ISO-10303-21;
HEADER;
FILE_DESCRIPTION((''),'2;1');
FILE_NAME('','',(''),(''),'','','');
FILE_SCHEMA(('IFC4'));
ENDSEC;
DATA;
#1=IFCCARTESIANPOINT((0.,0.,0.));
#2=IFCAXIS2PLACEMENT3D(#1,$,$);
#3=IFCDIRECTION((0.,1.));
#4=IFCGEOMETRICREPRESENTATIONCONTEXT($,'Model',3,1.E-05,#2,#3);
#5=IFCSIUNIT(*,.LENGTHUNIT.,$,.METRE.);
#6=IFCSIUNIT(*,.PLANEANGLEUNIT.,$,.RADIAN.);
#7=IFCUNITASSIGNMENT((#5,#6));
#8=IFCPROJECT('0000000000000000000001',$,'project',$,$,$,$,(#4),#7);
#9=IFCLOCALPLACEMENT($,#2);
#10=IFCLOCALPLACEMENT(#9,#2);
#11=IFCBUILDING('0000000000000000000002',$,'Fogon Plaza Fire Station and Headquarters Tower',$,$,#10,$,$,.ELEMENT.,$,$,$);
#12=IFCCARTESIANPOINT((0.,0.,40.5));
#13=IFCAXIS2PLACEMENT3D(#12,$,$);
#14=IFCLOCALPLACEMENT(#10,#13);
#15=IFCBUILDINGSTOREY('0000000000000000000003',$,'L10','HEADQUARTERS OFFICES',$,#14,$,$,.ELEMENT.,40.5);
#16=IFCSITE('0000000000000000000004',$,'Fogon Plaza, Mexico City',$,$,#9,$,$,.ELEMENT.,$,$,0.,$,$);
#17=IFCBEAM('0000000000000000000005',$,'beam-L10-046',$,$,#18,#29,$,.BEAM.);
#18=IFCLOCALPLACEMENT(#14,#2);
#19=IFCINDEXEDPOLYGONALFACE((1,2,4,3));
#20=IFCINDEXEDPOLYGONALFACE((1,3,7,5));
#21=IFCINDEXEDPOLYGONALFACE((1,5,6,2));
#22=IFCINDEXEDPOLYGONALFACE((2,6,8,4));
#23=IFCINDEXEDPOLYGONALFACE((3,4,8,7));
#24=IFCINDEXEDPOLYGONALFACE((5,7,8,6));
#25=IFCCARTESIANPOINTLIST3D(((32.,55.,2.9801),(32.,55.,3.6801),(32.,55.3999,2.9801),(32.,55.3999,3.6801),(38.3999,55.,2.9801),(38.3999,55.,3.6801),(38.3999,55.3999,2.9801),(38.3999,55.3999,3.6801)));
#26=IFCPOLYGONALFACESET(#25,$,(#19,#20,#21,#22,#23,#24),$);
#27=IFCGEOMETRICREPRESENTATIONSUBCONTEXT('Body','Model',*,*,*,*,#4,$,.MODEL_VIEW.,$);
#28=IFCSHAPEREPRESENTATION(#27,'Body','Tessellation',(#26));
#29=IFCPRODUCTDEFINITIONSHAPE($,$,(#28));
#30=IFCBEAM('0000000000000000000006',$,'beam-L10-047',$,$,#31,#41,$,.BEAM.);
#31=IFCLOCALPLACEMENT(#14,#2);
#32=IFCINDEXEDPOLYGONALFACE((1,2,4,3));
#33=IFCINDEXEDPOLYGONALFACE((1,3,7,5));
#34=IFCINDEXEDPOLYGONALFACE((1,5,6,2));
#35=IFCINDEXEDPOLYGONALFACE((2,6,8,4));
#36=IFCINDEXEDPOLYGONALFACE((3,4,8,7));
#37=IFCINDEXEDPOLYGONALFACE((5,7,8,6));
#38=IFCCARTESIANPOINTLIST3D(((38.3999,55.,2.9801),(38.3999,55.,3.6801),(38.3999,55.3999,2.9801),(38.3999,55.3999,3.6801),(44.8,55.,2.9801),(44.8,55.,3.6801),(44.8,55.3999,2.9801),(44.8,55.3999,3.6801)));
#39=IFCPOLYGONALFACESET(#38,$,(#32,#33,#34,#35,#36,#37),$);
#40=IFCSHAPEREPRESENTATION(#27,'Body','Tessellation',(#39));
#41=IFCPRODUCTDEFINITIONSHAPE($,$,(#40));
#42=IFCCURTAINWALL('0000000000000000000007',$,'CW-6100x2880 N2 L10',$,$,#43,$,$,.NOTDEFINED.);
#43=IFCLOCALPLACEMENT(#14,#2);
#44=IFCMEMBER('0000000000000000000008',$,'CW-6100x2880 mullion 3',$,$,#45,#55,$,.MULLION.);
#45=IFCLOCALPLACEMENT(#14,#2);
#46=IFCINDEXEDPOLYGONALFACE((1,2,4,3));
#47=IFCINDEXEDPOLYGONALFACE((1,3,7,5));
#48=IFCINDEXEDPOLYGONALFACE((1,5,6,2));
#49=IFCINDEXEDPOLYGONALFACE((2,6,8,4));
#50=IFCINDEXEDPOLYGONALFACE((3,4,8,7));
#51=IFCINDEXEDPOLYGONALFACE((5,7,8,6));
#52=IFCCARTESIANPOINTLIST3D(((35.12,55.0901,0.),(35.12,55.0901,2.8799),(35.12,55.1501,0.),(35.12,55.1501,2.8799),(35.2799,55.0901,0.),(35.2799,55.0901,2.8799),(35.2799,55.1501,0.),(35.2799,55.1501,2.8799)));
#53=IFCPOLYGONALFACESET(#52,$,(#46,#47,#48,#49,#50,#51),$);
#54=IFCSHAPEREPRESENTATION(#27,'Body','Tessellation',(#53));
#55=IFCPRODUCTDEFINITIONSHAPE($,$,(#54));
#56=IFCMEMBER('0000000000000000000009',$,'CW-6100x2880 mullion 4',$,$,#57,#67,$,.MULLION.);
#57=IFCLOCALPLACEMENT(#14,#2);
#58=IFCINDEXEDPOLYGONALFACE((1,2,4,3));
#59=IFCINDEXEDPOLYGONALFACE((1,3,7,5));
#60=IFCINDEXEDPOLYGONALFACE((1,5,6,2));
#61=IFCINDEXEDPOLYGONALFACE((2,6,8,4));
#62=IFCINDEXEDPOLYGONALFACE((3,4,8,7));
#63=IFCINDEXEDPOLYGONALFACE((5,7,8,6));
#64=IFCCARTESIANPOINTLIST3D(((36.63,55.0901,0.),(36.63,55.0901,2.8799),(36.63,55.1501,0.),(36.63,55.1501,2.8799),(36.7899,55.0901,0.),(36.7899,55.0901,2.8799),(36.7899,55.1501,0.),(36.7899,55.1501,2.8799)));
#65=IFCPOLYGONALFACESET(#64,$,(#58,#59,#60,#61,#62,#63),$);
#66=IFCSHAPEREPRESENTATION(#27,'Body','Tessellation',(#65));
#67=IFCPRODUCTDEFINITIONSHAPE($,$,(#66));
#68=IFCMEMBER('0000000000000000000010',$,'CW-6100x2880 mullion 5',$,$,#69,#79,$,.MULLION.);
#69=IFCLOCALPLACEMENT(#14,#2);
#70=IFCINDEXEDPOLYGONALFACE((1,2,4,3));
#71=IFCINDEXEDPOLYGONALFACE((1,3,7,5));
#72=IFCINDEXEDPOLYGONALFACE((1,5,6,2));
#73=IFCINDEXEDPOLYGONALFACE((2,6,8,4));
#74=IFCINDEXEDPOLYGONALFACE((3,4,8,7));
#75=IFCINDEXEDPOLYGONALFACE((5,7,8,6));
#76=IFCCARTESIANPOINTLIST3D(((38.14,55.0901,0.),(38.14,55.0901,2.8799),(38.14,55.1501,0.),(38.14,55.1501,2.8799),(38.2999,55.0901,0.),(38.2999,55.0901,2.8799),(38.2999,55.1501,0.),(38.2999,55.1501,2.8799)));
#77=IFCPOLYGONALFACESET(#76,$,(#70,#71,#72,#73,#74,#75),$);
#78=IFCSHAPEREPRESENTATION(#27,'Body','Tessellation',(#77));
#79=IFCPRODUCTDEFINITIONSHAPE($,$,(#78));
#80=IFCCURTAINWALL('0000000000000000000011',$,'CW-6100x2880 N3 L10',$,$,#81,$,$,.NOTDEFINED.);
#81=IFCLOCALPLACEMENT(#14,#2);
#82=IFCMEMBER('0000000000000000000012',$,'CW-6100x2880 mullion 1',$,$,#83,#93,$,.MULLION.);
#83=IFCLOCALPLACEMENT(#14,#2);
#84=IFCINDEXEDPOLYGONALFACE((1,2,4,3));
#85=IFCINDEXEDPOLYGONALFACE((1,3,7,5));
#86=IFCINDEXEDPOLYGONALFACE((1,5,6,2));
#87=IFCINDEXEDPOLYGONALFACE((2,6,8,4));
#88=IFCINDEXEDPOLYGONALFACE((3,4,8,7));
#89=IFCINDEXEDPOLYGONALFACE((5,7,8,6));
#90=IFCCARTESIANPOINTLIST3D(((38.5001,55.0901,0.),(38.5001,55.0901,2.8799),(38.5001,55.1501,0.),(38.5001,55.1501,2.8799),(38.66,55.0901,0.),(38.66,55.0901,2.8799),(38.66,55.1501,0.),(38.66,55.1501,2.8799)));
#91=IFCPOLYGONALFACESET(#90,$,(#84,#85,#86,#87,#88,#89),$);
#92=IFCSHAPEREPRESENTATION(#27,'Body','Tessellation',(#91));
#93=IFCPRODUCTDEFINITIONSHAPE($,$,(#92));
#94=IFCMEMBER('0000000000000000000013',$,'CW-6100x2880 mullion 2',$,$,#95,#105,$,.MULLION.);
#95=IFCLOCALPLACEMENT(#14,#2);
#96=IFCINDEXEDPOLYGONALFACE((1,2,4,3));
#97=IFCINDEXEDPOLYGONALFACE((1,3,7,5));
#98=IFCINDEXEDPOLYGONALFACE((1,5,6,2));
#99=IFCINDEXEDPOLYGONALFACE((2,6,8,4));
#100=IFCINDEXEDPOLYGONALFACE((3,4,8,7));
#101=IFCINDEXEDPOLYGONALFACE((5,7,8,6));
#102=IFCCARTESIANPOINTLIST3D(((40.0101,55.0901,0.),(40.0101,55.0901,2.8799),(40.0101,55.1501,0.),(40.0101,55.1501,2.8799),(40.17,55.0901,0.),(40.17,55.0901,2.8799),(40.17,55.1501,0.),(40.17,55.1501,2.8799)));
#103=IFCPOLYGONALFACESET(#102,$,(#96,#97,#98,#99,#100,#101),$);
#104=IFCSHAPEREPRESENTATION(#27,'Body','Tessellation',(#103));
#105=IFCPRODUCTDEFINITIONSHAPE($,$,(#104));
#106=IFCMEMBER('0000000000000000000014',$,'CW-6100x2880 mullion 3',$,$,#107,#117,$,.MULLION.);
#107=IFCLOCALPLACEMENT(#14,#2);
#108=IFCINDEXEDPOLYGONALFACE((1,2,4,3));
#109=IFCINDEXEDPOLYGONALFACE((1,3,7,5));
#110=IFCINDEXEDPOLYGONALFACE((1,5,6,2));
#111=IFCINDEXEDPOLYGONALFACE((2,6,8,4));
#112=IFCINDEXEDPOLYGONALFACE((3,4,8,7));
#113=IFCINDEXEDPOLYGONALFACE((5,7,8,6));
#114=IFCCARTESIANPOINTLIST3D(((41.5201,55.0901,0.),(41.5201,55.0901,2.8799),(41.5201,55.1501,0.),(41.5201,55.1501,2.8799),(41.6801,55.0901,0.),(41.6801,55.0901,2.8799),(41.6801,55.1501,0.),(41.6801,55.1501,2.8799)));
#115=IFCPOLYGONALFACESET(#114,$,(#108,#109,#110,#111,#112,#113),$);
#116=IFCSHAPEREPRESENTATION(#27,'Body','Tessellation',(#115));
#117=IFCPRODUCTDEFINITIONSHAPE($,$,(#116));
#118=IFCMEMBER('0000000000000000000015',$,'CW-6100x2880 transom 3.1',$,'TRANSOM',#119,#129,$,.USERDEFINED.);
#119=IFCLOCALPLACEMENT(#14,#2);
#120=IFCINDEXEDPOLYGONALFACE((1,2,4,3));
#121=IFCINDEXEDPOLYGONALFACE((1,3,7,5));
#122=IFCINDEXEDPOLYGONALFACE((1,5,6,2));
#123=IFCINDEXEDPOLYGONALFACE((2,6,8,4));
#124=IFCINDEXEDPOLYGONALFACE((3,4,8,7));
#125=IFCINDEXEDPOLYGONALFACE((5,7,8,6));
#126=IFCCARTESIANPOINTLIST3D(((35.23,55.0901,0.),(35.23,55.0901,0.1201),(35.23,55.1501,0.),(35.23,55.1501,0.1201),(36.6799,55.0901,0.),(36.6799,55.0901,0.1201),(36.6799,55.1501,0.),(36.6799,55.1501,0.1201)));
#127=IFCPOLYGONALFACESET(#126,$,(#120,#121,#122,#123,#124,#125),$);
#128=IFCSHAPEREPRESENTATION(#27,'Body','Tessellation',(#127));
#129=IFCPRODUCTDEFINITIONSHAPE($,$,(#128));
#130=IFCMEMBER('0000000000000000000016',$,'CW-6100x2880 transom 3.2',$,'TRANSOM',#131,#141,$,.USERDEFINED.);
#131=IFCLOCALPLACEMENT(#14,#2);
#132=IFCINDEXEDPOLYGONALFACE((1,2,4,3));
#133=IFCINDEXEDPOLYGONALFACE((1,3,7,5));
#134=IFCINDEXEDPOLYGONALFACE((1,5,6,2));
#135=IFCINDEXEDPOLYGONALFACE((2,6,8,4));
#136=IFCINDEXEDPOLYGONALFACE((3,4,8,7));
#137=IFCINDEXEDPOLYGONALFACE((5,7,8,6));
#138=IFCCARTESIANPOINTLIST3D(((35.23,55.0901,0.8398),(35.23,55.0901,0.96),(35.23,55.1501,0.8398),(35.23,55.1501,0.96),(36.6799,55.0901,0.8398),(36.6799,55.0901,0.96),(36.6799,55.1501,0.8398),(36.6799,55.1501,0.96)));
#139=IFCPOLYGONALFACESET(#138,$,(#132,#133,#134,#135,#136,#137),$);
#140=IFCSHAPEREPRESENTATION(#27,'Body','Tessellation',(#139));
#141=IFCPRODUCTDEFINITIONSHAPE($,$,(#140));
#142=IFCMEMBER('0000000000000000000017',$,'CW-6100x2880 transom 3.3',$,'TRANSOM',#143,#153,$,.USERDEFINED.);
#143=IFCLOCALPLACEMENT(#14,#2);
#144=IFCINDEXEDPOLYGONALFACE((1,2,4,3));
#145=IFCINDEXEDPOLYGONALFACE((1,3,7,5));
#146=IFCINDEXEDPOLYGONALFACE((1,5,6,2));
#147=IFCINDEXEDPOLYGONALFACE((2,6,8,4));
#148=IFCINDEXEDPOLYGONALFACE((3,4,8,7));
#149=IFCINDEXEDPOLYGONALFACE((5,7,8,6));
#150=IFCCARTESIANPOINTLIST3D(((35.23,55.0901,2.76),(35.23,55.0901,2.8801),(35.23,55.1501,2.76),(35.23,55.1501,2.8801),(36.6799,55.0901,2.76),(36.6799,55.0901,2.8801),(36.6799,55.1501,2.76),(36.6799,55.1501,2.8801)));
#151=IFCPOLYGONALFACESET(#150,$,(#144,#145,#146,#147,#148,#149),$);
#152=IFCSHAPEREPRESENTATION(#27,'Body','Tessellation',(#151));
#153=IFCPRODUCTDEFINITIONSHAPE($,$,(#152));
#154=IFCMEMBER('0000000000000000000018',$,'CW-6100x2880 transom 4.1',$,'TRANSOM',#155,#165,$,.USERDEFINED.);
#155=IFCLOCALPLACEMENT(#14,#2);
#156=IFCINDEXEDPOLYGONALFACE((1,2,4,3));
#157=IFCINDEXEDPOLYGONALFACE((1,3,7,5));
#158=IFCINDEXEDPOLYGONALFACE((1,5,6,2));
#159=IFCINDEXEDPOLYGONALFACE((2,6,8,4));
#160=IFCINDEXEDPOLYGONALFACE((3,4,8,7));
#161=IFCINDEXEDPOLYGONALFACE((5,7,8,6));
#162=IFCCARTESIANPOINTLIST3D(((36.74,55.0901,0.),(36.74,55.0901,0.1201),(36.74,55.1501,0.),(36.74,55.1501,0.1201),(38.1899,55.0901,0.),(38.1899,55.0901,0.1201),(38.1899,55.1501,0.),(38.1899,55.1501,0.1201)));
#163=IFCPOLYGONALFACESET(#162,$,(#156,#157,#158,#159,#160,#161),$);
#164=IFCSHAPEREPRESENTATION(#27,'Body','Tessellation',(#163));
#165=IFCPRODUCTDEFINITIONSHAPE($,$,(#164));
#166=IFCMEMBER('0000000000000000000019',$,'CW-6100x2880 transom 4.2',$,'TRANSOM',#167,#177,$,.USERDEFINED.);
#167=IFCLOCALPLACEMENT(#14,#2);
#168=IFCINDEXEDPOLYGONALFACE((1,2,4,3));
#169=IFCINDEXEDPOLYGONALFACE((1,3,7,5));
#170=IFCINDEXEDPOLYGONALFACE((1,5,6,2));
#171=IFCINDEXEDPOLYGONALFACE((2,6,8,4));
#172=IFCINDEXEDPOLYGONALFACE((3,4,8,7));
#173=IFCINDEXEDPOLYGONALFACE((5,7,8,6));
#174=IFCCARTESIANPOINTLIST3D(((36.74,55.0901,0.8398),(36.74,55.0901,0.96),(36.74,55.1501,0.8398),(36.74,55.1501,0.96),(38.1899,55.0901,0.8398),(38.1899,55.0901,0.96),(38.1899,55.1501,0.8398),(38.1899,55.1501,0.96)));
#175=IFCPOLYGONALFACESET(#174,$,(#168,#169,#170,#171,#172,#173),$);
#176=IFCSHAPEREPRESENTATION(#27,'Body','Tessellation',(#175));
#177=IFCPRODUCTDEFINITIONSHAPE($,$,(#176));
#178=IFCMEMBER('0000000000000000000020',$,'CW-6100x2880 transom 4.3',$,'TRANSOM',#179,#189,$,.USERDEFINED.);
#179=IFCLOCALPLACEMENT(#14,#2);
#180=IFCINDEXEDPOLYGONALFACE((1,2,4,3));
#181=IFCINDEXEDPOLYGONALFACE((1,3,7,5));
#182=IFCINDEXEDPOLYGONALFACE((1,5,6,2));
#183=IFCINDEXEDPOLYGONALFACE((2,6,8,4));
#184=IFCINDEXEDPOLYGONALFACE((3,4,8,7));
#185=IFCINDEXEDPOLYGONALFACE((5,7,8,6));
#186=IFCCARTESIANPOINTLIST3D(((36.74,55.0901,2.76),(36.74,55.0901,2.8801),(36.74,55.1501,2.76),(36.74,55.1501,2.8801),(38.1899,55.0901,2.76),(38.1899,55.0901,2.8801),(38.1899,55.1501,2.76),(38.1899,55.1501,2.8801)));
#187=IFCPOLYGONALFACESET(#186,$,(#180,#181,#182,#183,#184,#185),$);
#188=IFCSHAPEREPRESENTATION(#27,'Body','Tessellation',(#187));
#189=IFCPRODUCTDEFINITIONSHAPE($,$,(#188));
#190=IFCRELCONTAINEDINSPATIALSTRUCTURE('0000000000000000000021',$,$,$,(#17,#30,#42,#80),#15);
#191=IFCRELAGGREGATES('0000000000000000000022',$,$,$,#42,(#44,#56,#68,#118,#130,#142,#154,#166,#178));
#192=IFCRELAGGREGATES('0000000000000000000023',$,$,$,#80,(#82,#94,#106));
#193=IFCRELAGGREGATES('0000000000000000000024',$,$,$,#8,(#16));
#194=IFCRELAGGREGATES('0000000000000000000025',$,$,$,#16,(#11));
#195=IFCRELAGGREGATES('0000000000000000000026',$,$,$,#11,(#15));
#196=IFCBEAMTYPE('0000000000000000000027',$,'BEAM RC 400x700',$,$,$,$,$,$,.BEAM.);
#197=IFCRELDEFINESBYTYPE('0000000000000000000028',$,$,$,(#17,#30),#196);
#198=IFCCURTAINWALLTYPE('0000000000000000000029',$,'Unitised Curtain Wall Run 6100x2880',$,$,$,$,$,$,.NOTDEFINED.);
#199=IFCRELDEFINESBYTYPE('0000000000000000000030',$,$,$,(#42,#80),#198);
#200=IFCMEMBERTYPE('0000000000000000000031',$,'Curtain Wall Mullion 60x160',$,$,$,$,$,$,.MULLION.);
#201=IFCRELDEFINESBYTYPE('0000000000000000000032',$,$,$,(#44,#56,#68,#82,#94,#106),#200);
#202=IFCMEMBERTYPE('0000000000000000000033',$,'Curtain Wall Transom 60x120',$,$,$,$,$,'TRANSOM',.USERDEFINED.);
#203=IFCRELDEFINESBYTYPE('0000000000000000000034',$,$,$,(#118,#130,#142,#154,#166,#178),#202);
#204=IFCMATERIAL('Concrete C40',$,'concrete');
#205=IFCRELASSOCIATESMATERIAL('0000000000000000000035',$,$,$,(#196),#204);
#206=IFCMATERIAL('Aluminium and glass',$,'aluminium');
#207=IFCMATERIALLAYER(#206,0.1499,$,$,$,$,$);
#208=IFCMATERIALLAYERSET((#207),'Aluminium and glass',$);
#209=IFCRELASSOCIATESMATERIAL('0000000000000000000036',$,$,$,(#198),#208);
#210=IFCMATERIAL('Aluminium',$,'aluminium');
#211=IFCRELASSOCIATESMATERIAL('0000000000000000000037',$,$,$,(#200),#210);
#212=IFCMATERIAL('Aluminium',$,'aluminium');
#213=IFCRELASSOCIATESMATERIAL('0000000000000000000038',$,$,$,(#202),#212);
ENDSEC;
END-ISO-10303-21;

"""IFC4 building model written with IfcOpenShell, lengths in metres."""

from ifc_helpers import new_model, si_unit, direction, frame, origin, origin_2d, place, context, subcontext, project, spatial, rectangle, extrude, material, layer, layer_set, material_profile, profile_set, type_object, element, aggregate, save


model = new_model("IFC4")

# Units and contexts
model_context = context("Model", 3, precision=1e-05, world=origin(), true_north=direction((0.0, 1.0)))
body_context = subcontext(model_context, "Body", "Model", "MODEL_VIEW")
ifc_project = project(units=[si_unit("LENGTHUNIT", "METRE"), si_unit("PLANEANGLEUNIT", "RADIAN")], contexts=[model_context])

# Site, building, storey
site_placement = place(None, origin())
site = spatial("IfcSite", under=ifc_project, at=site_placement, Name="Fogon Plaza, Mexico City", CompositionType="ELEMENT", RefElevation=0.0)
building_placement = place(site_placement, origin())
building = spatial("IfcBuilding", under=site, at=building_placement, Name="Fogon Plaza Fire Station and Headquarters Tower", CompositionType="ELEMENT")
storey_placement = place(building_placement, frame((0.0, 0.0, 40.5)))
storey = spatial("IfcBuildingStorey", under=building, at=storey_placement, Name="L10", Description="HEADQUARTERS OFFICES", CompositionType="ELEMENT", Elevation=40.5)

# Beams
ifc_material_1 = material(Name="Concrete C40", Category="concrete")
ifc_material_profile_1 = material_profile(ifc_material_1, rectangle(XDim=0.3999, YDim=0.7, at=origin_2d()), Name="RC 400x700")
ifc_profile_set_1 = profile_set([ifc_material_profile_1], Name="Concrete C40")
beam_type = type_object("IfcBeamType", Name="BEAM RC 400x700", PredefinedType="BEAM", material=ifc_profile_set_1)
beam_1_placement = place(storey_placement, frame((32.0, 55.2, 3.3301), z_axis=(1.0, 0.0, 0.0), x_axis=(0.0, 1.0, 0.0)))
element("IfcBeam", 1, at=beam_1_placement, inside=storey, type_object=beam_type, Name="beam-L10-046", PredefinedType="BEAM", context=body_context, shape_type="SweptSolid", body=[
    extrude(rectangle(XDim=0.3999, YDim=0.7, at=origin_2d()), origin(), (0.0, 0.0, 1.0), 6.3999),
])
beam_2_placement = place(storey_placement, frame((38.3999, 55.2, 3.3301), z_axis=(1.0, 0.0, 0.0), x_axis=(0.0, 1.0, 0.0)))
element("IfcBeam", 2, at=beam_2_placement, inside=storey, type_object=beam_type, Name="beam-L10-047", PredefinedType="BEAM", context=body_context, shape_type="SweptSolid", body=[
    extrude(rectangle(XDim=0.3999, YDim=0.7, at=origin_2d()), origin(), (0.0, 0.0, 1.0), 6.4001),
])

# Curtain walls, members
ifc_material_2 = material(Name="Aluminium and glass", Category="aluminium")
ifc_layer_1 = layer(ifc_material_2, 0.1499)
ifc_layer_set_1 = layer_set([ifc_layer_1], Name="Aluminium and glass")
curtain_wall_type = type_object("IfcCurtainWallType", Name="Unitised Curtain Wall Run 6100x2880", PredefinedType="NOTDEFINED", material=ifc_layer_set_1)
curtain_wall_1_placement = place(storey_placement, origin())
curtain_wall_1 = element("IfcCurtainWall", 3, at=curtain_wall_1_placement, inside=storey, type_object=curtain_wall_type, Name="CW-6100x2880 N2 L10", PredefinedType="NOTDEFINED")
ifc_material_3 = material(Name="Aluminium", Category="aluminium")
ifc_material_profile_2 = material_profile(ifc_material_3, rectangle(XDim=0.0601, YDim=0.1599, at=origin_2d()), Name="Curtain Wall Mullion 60x160")
ifc_profile_set_2 = profile_set([ifc_material_profile_2], Name="Aluminium")
member_type_1 = type_object("IfcMemberType", Name="Curtain Wall Mullion 60x160", PredefinedType="MULLION", material=ifc_profile_set_2)
member_1_placement = place(storey_placement, frame((35.2, 55.1201, 0.0), z_axis=(0.0, 0.0, 1.0), x_axis=(0.0, 1.0, 0.0)))
member_1 = element("IfcMember", 4, at=member_1_placement, type_object=member_type_1, Name="CW-6100x2880 mullion 3", PredefinedType="MULLION", context=body_context, shape_type="SweptSolid", body=[
    extrude(rectangle(XDim=0.0601, YDim=0.1599, at=origin_2d()), origin(), (0.0, 0.0, 1.0), 2.8799),
])
member_2_placement = place(storey_placement, frame((36.71, 55.1201, 0.0), z_axis=(0.0, 0.0, 1.0), x_axis=(0.0, 1.0, 0.0)))
member_2 = element("IfcMember", 5, at=member_2_placement, type_object=member_type_1, Name="CW-6100x2880 mullion 4", PredefinedType="MULLION", context=body_context, shape_type="SweptSolid", body=[
    extrude(rectangle(XDim=0.0601, YDim=0.1599, at=origin_2d()), origin(), (0.0, 0.0, 1.0), 2.8799),
])
member_3_placement = place(storey_placement, frame((38.22, 55.1201, 0.0), z_axis=(0.0, 0.0, 1.0), x_axis=(0.0, 1.0, 0.0)))
member_3 = element("IfcMember", 6, at=member_3_placement, type_object=member_type_1, Name="CW-6100x2880 mullion 5", PredefinedType="MULLION", context=body_context, shape_type="SweptSolid", body=[
    extrude(rectangle(XDim=0.0601, YDim=0.1599, at=origin_2d()), origin(), (0.0, 0.0, 1.0), 2.8799),
])
curtain_wall_2_placement = place(storey_placement, origin())
curtain_wall_2 = element("IfcCurtainWall", 7, at=curtain_wall_2_placement, inside=storey, type_object=curtain_wall_type, Name="CW-6100x2880 N3 L10", PredefinedType="NOTDEFINED")
member_4_placement = place(storey_placement, frame((38.5801, 55.1201, 0.0), z_axis=(0.0, 0.0, 1.0), x_axis=(0.0, 1.0, 0.0)))
member_4 = element("IfcMember", 8, at=member_4_placement, type_object=member_type_1, Name="CW-6100x2880 mullion 1", PredefinedType="MULLION", context=body_context, shape_type="SweptSolid", body=[
    extrude(rectangle(XDim=0.0601, YDim=0.1599, at=origin_2d()), origin(), (0.0, 0.0, 1.0), 2.8799),
])
member_5_placement = place(storey_placement, frame((40.0901, 55.1201, 0.0), z_axis=(0.0, 0.0, 1.0), x_axis=(0.0, 1.0, 0.0)))
member_5 = element("IfcMember", 9, at=member_5_placement, type_object=member_type_1, Name="CW-6100x2880 mullion 2", PredefinedType="MULLION", context=body_context, shape_type="SweptSolid", body=[
    extrude(rectangle(XDim=0.0601, YDim=0.1599, at=origin_2d()), origin(), (0.0, 0.0, 1.0), 2.8799),
])
member_6_placement = place(storey_placement, frame((41.6001, 55.1201, 0.0), z_axis=(0.0, 0.0, 1.0), x_axis=(0.0, 1.0, 0.0)))
member_6 = element("IfcMember", 10, at=member_6_placement, type_object=member_type_1, Name="CW-6100x2880 mullion 3", PredefinedType="MULLION", context=body_context, shape_type="SweptSolid", body=[
    extrude(rectangle(XDim=0.0601, YDim=0.1599, at=origin_2d()), origin(), (0.0, 0.0, 1.0), 2.8799),
])

# Members
ifc_material_4 = material(Name="Aluminium", Category="aluminium")
ifc_material_profile_3 = material_profile(ifc_material_4, rectangle(XDim=0.0601, YDim=0.1201, at=origin_2d()), Name="Curtain Wall Transom 60x120")
ifc_profile_set_3 = profile_set([ifc_material_profile_3], Name="Aluminium")
member_type_2 = type_object("IfcMemberType", Name="Curtain Wall Transom 60x120", ElementType="TRANSOM", PredefinedType="USERDEFINED", material=ifc_profile_set_3)
member_7_placement = place(storey_placement, frame((35.23, 55.1201, 0.0601), z_axis=(1.0, 0.0, 0.0), x_axis=(0.0, 1.0, 0.0)))
member_7 = element("IfcMember", 11, at=member_7_placement, type_object=member_type_2, Name="CW-6100x2880 transom 3.1", ObjectType="TRANSOM", PredefinedType="USERDEFINED", context=body_context, shape_type="SweptSolid", body=[
    extrude(rectangle(XDim=0.0601, YDim=0.1201, at=origin_2d()), origin(), (0.0, 0.0, 1.0), 1.45),
])
member_8_placement = place(storey_placement, frame((35.23, 55.1201, 0.8999), z_axis=(1.0, 0.0, 0.0), x_axis=(0.0, 1.0, 0.0)))
member_8 = element("IfcMember", 12, at=member_8_placement, type_object=member_type_2, Name="CW-6100x2880 transom 3.2", ObjectType="TRANSOM", PredefinedType="USERDEFINED", context=body_context, shape_type="SweptSolid", body=[
    extrude(rectangle(XDim=0.0601, YDim=0.1201, at=origin_2d()), origin(), (0.0, 0.0, 1.0), 1.45),
])
member_9_placement = place(storey_placement, frame((35.23, 55.1201, 2.8201), z_axis=(1.0, 0.0, 0.0), x_axis=(0.0, 1.0, 0.0)))
member_9 = element("IfcMember", 13, at=member_9_placement, type_object=member_type_2, Name="CW-6100x2880 transom 3.3", ObjectType="TRANSOM", PredefinedType="USERDEFINED", context=body_context, shape_type="SweptSolid", body=[
    extrude(rectangle(XDim=0.0601, YDim=0.1201, at=origin_2d()), origin(), (0.0, 0.0, 1.0), 1.45),
])
member_10_placement = place(storey_placement, frame((36.74, 55.1201, 0.0601), z_axis=(1.0, 0.0, 0.0), x_axis=(0.0, 1.0, 0.0)))
member_10 = element("IfcMember", 14, at=member_10_placement, type_object=member_type_2, Name="CW-6100x2880 transom 4.1", ObjectType="TRANSOM", PredefinedType="USERDEFINED", context=body_context, shape_type="SweptSolid", body=[
    extrude(rectangle(XDim=0.0601, YDim=0.1201, at=origin_2d()), origin(), (0.0, 0.0, 1.0), 1.45),
])
member_11_placement = place(storey_placement, frame((36.74, 55.1201, 0.8999), z_axis=(1.0, 0.0, 0.0), x_axis=(0.0, 1.0, 0.0)))
member_11 = element("IfcMember", 15, at=member_11_placement, type_object=member_type_2, Name="CW-6100x2880 transom 4.2", ObjectType="TRANSOM", PredefinedType="USERDEFINED", context=body_context, shape_type="SweptSolid", body=[
    extrude(rectangle(XDim=0.0601, YDim=0.1201, at=origin_2d()), origin(), (0.0, 0.0, 1.0), 1.45),
])
member_12_placement = place(storey_placement, frame((36.74, 55.1201, 2.8201), z_axis=(1.0, 0.0, 0.0), x_axis=(0.0, 1.0, 0.0)))
member_12 = element("IfcMember", 16, at=member_12_placement, type_object=member_type_2, Name="CW-6100x2880 transom 4.3", ObjectType="TRANSOM", PredefinedType="USERDEFINED", context=body_context, shape_type="SweptSolid", body=[
    extrude(rectangle(XDim=0.0601, YDim=0.1201, at=origin_2d()), origin(), (0.0, 0.0, 1.0), 1.45),
])

aggregate(curtain_wall_1, [member_1, member_2, member_3, member_7, member_8, member_9, member_10, member_11, member_12])
aggregate(curtain_wall_2, [member_4, member_5, member_6])

save(model, "model.ifc")
